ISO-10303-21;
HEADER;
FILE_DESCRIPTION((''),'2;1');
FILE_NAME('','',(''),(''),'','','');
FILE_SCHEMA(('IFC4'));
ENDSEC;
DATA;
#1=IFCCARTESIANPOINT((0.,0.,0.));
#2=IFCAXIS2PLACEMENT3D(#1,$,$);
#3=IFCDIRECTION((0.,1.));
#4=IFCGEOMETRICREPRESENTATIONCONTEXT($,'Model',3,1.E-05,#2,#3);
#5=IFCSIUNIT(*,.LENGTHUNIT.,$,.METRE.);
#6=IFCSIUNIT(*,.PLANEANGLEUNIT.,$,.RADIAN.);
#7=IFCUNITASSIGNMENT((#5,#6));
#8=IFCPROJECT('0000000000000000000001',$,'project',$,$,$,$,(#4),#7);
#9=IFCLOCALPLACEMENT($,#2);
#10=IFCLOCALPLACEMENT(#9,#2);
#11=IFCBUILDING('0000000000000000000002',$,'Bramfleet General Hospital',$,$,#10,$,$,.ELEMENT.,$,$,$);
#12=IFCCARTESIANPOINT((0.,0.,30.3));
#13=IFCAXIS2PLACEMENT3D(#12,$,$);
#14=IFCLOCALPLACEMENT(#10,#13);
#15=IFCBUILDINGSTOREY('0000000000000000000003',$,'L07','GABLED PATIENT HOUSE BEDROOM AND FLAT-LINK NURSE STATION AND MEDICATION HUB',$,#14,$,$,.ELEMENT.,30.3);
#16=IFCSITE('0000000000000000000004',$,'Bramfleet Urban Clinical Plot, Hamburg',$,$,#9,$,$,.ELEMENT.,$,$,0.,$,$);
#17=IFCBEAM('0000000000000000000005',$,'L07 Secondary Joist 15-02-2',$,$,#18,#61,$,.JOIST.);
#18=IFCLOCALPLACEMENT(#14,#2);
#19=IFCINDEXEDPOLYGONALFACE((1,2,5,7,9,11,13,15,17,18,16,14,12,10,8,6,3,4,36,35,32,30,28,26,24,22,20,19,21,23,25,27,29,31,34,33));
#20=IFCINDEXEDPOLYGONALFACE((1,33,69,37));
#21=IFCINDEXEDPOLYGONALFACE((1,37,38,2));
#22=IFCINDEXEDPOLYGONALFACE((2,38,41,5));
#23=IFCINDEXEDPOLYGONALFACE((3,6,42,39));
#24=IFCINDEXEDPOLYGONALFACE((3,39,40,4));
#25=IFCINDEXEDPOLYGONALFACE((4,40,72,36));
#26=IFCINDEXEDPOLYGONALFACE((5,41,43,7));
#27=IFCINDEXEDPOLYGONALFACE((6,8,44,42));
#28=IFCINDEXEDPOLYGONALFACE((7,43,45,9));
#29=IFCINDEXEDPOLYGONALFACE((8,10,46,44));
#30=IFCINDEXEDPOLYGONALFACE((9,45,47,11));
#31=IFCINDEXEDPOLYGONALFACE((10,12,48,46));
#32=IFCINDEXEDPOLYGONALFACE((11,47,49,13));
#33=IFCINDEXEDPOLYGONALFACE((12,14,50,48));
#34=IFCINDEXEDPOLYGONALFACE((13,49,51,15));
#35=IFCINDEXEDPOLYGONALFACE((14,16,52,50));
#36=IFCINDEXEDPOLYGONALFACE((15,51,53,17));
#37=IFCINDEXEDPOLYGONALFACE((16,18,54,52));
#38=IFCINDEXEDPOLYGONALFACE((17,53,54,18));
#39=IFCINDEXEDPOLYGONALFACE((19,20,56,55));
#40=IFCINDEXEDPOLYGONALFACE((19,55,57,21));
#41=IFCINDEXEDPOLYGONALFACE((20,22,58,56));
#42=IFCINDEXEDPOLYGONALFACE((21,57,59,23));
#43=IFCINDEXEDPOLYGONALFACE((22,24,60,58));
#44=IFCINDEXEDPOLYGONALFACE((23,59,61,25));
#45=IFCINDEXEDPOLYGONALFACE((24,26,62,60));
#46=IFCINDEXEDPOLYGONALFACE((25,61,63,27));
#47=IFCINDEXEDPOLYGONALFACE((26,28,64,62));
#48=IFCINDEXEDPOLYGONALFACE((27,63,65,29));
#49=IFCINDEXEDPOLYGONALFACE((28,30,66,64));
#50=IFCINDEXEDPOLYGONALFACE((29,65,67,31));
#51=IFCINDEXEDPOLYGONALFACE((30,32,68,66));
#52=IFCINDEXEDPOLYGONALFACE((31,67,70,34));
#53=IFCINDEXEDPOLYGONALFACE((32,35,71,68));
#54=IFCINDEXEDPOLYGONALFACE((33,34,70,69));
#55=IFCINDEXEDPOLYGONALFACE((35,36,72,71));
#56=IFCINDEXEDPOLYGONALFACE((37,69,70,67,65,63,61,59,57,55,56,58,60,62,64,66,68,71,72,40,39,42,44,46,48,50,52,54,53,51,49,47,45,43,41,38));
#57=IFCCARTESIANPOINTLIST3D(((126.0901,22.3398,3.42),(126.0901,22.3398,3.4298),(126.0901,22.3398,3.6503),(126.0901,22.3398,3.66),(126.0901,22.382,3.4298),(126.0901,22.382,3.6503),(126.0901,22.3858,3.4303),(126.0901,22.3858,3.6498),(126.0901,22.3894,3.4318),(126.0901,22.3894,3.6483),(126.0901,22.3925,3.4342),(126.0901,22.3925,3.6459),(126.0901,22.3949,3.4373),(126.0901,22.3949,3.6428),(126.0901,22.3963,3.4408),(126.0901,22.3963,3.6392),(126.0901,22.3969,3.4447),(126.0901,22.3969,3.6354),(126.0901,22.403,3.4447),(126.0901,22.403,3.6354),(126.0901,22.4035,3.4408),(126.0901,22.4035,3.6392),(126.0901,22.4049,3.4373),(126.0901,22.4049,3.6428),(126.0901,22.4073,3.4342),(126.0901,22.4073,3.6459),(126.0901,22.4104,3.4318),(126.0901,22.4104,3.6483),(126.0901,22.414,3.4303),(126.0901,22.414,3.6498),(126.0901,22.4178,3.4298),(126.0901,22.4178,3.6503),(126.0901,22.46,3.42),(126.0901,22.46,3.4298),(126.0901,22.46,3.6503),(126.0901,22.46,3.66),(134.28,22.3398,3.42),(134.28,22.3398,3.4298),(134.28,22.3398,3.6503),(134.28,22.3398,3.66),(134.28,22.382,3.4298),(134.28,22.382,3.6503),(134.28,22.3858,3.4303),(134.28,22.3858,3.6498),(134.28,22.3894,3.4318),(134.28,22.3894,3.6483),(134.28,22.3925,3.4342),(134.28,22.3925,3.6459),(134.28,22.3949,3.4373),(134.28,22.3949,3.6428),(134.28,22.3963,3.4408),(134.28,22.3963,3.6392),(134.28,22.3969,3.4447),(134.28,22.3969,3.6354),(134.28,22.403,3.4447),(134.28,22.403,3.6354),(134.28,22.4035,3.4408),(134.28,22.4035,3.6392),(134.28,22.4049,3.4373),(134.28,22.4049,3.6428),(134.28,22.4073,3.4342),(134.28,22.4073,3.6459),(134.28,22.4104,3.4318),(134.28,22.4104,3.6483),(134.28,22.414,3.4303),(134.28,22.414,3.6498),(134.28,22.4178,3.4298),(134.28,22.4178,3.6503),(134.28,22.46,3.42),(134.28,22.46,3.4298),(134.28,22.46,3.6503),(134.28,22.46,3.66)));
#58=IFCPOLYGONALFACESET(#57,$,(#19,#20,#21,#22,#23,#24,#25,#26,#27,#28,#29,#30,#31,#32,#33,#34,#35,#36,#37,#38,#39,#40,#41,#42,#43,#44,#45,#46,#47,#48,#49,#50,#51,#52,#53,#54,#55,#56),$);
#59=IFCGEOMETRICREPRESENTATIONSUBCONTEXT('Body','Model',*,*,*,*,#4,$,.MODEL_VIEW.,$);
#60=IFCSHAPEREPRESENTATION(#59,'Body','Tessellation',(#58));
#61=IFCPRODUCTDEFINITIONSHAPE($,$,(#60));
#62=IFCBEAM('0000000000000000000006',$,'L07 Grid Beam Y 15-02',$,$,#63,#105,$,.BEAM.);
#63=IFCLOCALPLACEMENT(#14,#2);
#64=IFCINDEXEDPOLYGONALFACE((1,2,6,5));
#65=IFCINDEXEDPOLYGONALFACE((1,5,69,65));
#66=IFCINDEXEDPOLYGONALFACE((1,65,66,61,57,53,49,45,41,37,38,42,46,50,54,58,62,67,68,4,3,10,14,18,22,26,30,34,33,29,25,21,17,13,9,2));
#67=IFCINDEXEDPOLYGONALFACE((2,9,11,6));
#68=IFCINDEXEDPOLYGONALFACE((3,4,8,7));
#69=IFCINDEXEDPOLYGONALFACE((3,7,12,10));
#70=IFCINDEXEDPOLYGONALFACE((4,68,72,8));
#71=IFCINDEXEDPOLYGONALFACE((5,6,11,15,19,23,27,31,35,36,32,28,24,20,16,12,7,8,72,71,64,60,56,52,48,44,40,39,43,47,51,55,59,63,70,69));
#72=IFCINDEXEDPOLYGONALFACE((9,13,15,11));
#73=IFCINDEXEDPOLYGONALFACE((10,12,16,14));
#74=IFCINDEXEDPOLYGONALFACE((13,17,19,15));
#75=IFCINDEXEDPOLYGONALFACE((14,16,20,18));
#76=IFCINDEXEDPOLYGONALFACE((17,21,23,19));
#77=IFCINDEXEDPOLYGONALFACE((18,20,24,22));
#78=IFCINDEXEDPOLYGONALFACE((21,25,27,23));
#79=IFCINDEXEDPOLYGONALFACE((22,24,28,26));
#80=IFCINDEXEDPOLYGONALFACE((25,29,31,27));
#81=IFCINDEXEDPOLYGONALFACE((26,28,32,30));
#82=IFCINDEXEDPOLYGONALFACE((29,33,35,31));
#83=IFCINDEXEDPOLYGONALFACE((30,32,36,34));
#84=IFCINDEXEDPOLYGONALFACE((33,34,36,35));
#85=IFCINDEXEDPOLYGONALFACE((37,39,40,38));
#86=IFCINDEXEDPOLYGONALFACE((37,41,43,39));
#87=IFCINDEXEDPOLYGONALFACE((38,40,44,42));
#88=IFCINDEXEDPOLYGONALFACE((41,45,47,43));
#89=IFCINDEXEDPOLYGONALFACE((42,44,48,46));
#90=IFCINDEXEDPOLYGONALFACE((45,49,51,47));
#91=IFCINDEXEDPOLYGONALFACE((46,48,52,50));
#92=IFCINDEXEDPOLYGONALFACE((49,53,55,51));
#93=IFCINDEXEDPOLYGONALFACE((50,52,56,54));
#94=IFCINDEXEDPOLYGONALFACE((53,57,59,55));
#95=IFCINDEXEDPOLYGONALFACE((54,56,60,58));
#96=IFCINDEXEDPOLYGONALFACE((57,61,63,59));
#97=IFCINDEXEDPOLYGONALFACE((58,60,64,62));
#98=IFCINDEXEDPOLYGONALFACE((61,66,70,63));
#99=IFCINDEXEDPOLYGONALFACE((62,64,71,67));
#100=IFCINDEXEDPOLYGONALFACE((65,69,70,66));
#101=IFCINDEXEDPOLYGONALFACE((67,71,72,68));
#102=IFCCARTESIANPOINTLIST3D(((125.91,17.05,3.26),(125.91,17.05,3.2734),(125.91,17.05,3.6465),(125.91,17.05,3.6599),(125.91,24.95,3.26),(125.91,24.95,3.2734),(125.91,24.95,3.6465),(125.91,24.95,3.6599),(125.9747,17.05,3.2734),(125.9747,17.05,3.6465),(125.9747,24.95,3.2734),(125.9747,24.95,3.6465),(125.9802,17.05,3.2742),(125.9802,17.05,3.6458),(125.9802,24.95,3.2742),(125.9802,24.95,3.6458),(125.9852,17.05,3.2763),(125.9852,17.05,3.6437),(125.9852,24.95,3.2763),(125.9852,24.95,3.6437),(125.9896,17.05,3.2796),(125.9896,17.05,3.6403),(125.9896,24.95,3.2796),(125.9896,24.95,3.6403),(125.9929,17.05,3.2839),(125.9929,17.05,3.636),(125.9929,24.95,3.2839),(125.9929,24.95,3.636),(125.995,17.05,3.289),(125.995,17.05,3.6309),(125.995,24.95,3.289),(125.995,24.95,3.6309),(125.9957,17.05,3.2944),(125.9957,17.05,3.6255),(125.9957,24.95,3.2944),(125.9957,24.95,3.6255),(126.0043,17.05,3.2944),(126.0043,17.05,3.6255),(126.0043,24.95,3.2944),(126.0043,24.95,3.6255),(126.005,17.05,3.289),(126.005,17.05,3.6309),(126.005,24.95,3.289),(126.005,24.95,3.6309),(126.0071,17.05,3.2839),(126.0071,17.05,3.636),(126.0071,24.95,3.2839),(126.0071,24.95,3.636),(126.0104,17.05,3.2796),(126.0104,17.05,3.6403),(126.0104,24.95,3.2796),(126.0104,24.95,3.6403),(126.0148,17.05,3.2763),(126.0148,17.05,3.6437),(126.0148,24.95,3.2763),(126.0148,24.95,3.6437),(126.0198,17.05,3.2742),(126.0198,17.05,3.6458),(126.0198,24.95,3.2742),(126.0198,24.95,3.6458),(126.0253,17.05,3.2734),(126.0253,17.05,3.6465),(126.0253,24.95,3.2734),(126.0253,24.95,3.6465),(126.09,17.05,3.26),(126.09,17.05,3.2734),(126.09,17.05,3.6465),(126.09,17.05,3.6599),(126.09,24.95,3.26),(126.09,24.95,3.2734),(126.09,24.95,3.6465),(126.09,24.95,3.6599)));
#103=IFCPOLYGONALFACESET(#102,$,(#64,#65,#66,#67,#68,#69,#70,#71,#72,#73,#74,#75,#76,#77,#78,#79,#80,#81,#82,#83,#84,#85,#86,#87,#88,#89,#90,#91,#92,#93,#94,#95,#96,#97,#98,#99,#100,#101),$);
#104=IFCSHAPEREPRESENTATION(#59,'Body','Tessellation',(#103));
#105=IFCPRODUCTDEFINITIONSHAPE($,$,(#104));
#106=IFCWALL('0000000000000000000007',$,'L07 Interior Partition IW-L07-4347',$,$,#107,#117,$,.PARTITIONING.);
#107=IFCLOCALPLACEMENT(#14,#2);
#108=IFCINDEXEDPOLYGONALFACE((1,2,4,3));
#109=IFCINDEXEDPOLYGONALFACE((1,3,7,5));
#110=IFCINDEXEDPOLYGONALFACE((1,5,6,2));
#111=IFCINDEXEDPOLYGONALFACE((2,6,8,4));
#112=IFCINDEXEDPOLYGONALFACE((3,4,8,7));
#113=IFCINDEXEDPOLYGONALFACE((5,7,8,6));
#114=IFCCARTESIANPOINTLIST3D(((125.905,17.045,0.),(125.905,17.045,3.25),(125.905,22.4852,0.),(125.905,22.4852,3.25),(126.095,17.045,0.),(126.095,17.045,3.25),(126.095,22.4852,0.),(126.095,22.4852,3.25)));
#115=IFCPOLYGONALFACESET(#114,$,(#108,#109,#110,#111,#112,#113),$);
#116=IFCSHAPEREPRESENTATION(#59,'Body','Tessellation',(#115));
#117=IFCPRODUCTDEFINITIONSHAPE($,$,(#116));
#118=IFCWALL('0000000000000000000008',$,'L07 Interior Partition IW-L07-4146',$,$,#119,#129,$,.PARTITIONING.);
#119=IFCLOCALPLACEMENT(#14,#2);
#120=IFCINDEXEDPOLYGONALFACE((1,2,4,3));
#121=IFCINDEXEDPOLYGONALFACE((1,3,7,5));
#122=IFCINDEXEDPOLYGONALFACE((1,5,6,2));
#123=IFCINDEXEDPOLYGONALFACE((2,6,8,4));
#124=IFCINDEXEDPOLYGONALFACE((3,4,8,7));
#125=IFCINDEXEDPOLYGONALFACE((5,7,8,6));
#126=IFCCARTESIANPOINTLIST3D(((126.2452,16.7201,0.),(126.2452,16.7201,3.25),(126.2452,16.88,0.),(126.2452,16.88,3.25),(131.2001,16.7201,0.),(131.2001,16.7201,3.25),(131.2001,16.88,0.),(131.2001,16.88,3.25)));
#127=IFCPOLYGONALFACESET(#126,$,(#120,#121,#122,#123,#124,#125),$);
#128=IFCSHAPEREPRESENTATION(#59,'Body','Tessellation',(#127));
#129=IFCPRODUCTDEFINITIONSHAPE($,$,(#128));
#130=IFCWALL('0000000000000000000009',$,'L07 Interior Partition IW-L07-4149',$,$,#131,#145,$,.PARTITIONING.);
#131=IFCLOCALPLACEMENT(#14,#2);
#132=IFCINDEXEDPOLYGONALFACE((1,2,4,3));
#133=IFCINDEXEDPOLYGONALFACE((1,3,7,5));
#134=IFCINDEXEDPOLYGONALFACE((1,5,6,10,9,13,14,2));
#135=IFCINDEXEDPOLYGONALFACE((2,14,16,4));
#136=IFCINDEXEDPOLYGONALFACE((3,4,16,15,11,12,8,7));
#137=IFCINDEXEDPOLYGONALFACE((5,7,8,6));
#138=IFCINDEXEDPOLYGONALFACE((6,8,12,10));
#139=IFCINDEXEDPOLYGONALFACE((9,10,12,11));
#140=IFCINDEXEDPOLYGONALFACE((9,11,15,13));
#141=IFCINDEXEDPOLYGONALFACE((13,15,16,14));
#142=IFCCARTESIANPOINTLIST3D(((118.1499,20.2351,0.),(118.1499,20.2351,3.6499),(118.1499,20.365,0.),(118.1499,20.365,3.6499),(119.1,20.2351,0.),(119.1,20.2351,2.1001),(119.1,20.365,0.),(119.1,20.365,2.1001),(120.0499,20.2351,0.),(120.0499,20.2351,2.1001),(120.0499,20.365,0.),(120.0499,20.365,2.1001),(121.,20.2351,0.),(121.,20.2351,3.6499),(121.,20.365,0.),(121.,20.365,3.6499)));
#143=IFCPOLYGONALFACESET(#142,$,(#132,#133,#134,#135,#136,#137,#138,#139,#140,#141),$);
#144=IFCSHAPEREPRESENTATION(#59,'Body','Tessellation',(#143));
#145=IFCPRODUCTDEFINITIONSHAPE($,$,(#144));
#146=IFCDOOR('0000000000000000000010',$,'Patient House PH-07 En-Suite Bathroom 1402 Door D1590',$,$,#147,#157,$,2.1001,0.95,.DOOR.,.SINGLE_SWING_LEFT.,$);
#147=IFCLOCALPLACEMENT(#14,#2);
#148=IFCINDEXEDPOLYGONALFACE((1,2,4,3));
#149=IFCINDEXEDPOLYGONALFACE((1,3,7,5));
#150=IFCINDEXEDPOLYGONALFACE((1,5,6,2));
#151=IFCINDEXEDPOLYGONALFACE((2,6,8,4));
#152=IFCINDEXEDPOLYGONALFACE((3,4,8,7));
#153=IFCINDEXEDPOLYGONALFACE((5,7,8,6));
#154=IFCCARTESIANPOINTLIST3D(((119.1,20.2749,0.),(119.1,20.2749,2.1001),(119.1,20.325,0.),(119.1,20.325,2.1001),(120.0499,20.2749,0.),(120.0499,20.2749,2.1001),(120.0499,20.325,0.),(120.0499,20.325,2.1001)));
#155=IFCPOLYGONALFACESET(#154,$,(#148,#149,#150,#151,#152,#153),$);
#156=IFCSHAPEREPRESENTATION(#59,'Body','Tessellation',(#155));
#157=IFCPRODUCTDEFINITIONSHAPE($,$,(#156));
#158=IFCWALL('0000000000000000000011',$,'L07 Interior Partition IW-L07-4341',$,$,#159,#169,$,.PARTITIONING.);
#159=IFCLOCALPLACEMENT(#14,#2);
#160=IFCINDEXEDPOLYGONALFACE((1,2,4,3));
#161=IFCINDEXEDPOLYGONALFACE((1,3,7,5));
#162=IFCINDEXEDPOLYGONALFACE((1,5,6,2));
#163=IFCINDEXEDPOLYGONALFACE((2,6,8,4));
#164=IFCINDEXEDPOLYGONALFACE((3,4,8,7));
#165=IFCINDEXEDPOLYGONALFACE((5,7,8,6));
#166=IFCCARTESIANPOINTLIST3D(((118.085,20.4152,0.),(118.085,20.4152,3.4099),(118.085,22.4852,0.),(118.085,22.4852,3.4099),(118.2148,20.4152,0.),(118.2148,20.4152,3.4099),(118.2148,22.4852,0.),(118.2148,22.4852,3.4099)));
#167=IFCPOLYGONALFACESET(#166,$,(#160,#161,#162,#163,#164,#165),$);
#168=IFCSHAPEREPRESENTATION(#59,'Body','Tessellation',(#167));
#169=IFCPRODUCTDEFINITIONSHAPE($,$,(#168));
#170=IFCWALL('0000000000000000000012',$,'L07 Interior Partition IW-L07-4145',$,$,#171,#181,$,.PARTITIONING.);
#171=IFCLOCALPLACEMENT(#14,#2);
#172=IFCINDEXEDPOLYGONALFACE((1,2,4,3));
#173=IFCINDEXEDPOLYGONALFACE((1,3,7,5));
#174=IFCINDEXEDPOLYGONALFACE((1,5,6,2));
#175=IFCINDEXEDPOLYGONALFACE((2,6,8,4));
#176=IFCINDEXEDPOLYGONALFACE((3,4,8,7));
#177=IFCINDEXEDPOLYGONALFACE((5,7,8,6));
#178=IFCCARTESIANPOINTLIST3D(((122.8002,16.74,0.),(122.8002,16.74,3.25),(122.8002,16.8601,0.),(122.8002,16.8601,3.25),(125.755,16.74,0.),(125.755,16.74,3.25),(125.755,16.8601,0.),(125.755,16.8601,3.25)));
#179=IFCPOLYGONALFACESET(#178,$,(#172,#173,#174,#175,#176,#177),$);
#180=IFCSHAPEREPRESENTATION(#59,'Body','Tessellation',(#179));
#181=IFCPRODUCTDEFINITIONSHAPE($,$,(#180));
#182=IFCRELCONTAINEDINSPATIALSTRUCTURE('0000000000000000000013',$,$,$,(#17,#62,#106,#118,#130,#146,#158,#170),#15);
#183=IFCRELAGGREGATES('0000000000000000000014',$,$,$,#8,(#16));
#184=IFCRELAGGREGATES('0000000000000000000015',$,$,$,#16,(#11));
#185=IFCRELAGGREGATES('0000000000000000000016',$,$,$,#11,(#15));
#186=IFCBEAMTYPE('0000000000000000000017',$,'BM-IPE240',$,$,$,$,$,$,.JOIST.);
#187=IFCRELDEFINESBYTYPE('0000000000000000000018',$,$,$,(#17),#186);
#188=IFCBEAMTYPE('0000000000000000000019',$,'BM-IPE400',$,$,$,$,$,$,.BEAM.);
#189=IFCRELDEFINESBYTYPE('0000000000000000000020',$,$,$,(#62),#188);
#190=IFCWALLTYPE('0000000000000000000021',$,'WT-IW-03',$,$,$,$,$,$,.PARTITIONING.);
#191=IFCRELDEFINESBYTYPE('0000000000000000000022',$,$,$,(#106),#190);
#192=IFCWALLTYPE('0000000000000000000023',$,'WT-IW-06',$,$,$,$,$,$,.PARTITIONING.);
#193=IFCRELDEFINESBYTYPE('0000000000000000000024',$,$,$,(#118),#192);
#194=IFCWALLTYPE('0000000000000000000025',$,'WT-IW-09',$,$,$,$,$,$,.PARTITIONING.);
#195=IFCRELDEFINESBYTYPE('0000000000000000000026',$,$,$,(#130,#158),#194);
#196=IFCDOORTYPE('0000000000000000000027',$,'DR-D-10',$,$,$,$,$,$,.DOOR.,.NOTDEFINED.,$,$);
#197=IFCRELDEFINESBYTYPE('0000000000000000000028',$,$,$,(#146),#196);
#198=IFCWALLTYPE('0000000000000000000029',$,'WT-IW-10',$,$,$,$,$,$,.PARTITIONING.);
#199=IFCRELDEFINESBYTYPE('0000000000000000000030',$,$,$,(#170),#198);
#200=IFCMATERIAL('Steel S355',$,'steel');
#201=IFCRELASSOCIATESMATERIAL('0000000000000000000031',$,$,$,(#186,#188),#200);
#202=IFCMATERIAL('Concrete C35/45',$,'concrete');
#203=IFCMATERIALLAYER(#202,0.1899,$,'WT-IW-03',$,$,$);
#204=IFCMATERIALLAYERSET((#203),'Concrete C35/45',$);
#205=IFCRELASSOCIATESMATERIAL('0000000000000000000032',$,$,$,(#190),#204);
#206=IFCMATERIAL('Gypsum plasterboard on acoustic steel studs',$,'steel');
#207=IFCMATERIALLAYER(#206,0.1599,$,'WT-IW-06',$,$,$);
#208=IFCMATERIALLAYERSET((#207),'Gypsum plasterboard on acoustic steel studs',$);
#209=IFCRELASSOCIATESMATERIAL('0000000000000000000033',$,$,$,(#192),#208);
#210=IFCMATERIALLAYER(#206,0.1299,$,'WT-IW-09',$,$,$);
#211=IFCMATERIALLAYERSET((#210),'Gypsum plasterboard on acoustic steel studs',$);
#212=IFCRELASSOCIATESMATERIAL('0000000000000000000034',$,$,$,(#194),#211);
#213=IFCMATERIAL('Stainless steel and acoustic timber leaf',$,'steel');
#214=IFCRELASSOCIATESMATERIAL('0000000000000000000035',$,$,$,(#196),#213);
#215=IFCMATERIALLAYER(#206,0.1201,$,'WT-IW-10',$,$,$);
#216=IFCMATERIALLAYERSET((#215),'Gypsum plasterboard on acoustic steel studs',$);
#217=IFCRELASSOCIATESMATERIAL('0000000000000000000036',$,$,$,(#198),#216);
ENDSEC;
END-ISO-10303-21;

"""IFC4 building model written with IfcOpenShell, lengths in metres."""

from ifc_helpers import new_model, si_unit, direction, frame, frame_2d, origin, origin_2d, place, context, subcontext, project, spatial, rectangle, i_section, extrude, material, layer, layer_set, material_profile, profile_set, type_object, element, fill, save


model = new_model("IFC4")

# Units and contexts
model_context = context("Model", 3, precision=1e-05, world=origin(), true_north=direction((0.0, 1.0)))
body_context = subcontext(model_context, "Body", "Model", "MODEL_VIEW")
ifc_project = project(units=[si_unit("LENGTHUNIT", "METRE"), si_unit("PLANEANGLEUNIT", "RADIAN")], contexts=[model_context])

# Site, building, storey
site_placement = place(None, origin())
site = spatial("IfcSite", under=ifc_project, at=site_placement, Name="Bramfleet Urban Clinical Plot, Hamburg", CompositionType="ELEMENT", RefElevation=0.0)
building_placement = place(site_placement, origin())
building = spatial("IfcBuilding", under=site, at=building_placement, Name="Bramfleet General Hospital", CompositionType="ELEMENT")
storey_placement = place(building_placement, frame((0.0, 0.0, 30.3)))
storey = spatial("IfcBuildingStorey", under=building, at=storey_placement, Name="L07", Description="GABLED PATIENT HOUSE BEDROOM AND FLAT-LINK NURSE STATION AND MEDICATION HUB", CompositionType="ELEMENT", Elevation=30.3)

# Beams
ifc_material_1 = material(Name="Steel S355", Category="steel")
ifc_material_profile_1 = material_profile(ifc_material_1, i_section(OverallWidth=0.1201, OverallDepth=0.24, WebThickness=0.0061, FlangeThickness=0.0098, FilletRadius=0.0149, at=origin_2d()), Name="IPE 240")
ifc_profile_set_1 = profile_set([ifc_material_profile_1], Name="Steel S355")
beam_type_1 = type_object("IfcBeamType", Name="BM-IPE240", PredefinedType="JOIST", material=ifc_profile_set_1)
for number, where, z_axis, x_axis, name in (
    (1, (126.0901, 22.3999, 3.54), (1.0, 0.0, 0.0), (0.0, 1.0, 0.0), "L07 Secondary Joist 15-02-2"),
):
    element("IfcBeam", number, at=place(storey_placement, frame(where, z_axis=z_axis, x_axis=x_axis)), inside=storey, type_object=beam_type_1, Name=name, PredefinedType="JOIST", context=body_context, shape_type="SweptSolid", body=[
        extrude(i_section(OverallWidth=0.1201, OverallDepth=0.24, WebThickness=0.0061, FlangeThickness=0.0098, FilletRadius=0.0149, at=origin_2d()), origin(), (0.0, 0.0, 1.0), 8.1899),
    ])
ifc_material_profile_2 = material_profile(ifc_material_1, i_section(OverallWidth=0.1799, OverallDepth=0.3999, WebThickness=0.0085, FlangeThickness=0.0134, FilletRadius=0.021, at=origin_2d()), Name="IPE 400")
ifc_profile_set_2 = profile_set([ifc_material_profile_2], Name="Steel S355")
beam_type_2 = type_object("IfcBeamType", Name="BM-IPE400", PredefinedType="BEAM", material=ifc_profile_set_2)
beam_placement = place(storey_placement, frame((126.0, 17.05, 3.46), z_axis=(0.0, 1.0, 0.0), x_axis=(-1.0, 0.0, 0.0)))
element("IfcBeam", 2, at=beam_placement, inside=storey, type_object=beam_type_2, Name="L07 Grid Beam Y 15-02", PredefinedType="BEAM", context=body_context, shape_type="SweptSolid", body=[
    extrude(i_section(OverallWidth=0.1799, OverallDepth=0.3999, WebThickness=0.0085, FlangeThickness=0.0134, FilletRadius=0.021, at=origin_2d()), origin(), (0.0, 0.0, 1.0), 7.8999),
])

# Shared definitions
ifc_material_2 = material(Name="Concrete C35/45", Category="concrete")
ifc_layer_1 = layer(ifc_material_2, 0.1899, Name="WT-IW-03")
ifc_layer_set_1 = layer_set([ifc_layer_1], Name="Concrete C35/45")
wall_type_1 = type_object("IfcWallType", Name="WT-IW-03", PredefinedType="PARTITIONING", material=ifc_layer_set_1)
ifc_material_3 = material(Name="Stainless steel and acoustic timber leaf", Category="steel")

# Walls
wall_1_placement = place(storey_placement, frame((126.0, 17.0449, 0.0), z_axis=(0.0, 0.0, 1.0), x_axis=(0.0, 1.0, 0.0)))
element("IfcWall", 3, at=wall_1_placement, inside=storey, type_object=wall_type_1, Name="L07 Interior Partition IW-L07-4347", PredefinedType="PARTITIONING", context=body_context, shape_type="SweptSolid", body=[
    extrude(rectangle(XDim=5.4402, YDim=0.1899, at=frame_2d((2.7202, 0.0))), origin(), (0.0, 0.0, 1.0), 3.25),
])
ifc_material_4 = material(Name="Gypsum plasterboard on acoustic steel studs", Category="steel")
ifc_layer_2 = layer(ifc_material_4, 0.1599, Name="WT-IW-06")
ifc_layer_set_2 = layer_set([ifc_layer_2], Name="Gypsum plasterboard on acoustic steel studs")
wall_type_2 = type_object("IfcWallType", Name="WT-IW-06", PredefinedType="PARTITIONING", material=ifc_layer_set_2)
wall_2_placement = place(storey_placement, frame((126.2451, 16.8, 0.0), z_axis=(0.0, 0.0, 1.0), x_axis=(1.0, 0.0, 0.0)))
element("IfcWall", 4, at=wall_2_placement, inside=storey, type_object=wall_type_2, Name="L07 Interior Partition IW-L07-4146", PredefinedType="PARTITIONING", context=body_context, shape_type="SweptSolid", body=[
    extrude(rectangle(XDim=4.9548, YDim=0.1599, at=frame_2d((2.4775, 0.0))), origin(), (0.0, 0.0, 1.0), 3.25),
])

# Wall, opening, door
ifc_layer_3 = layer(ifc_material_4, 0.1299, Name="WT-IW-09")
ifc_layer_set_3 = layer_set([ifc_layer_3], Name="Gypsum plasterboard on acoustic steel studs")
wall_type_3 = type_object("IfcWallType", Name="WT-IW-09", PredefinedType="PARTITIONING", material=ifc_layer_set_3)
wall_3_placement = place(storey_placement, frame((118.1499, 20.3, 0.0), z_axis=(0.0, 0.0, 1.0), x_axis=(1.0, 0.0, 0.0)))
wall_3 = element("IfcWall", 5, at=wall_3_placement, inside=storey, type_object=wall_type_3, Name="L07 Interior Partition IW-L07-4149", PredefinedType="PARTITIONING", context=body_context, shape_type="SweptSolid", body=[
    extrude(rectangle(XDim=2.8501, YDim=0.1299, at=frame_2d((1.425, 0.0))), origin(), (0.0, 0.0, 1.0), 3.6499),
])
opening_1_placement = place(wall_3_placement, frame((0.95, 0.0, 0.0)))
opening_1 = element("IfcOpeningElement", 6, at=opening_1_placement, cuts=wall_3, PredefinedType="OPENING", context=body_context, shape_type="SweptSolid", body=[
    extrude(rectangle(XDim=0.95, YDim=2.1001, at=frame_2d((0.4751, 1.05))), frame((0.0, 0.075, 0.0), z_axis=(0.0, -1.0, 0.0), x_axis=(1.0, 0.0, 0.0)), (0.0, 0.0, 1.0), 0.1499),
])
door_type_1 = type_object("IfcDoorType", Name="DR-D-10", OperationType="NOTDEFINED", PredefinedType="DOOR", material=ifc_material_3)
door_1_placement = place(opening_1_placement, origin())
door_1 = element("IfcDoor", 7, at=door_1_placement, inside=storey, type_object=door_type_1, Name="Patient House PH-07 En-Suite Bathroom 1402 Door D1590", OperationType="SINGLE_SWING_LEFT", OverallHeight=2.1001, OverallWidth=0.95, PredefinedType="DOOR", context=body_context, shape_type="SweptSolid", body=[
    extrude(rectangle(XDim=0.95, YDim=2.1001, at=frame_2d((0.4751, 1.05))), frame((0.0, 0.0249, 0.0), z_axis=(0.0, -1.0, 0.0), x_axis=(1.0, 0.0, 0.0)), (0.0, 0.0, 1.0), 0.05),
])
fill(opening_1, door_1)

# Walls
wall_4_placement = place(storey_placement, frame((118.1499, 20.415, 0.0), z_axis=(0.0, 0.0, 1.0), x_axis=(0.0, 1.0, 0.0)))
element("IfcWall", 8, at=wall_4_placement, inside=storey, type_object=wall_type_3, Name="L07 Interior Partition IW-L07-4341", PredefinedType="PARTITIONING", context=body_context, shape_type="SweptSolid", body=[
    extrude(rectangle(XDim=2.0701, YDim=0.1299, at=frame_2d((1.0352, 0.0))), origin(), (0.0, 0.0, 1.0), 3.4099),
])
ifc_layer_4 = layer(ifc_material_4, 0.1201, Name="WT-IW-10")
ifc_layer_set_4 = layer_set([ifc_layer_4], Name="Gypsum plasterboard on acoustic steel studs")
wall_type_4 = type_object("IfcWallType", Name="WT-IW-10", PredefinedType="PARTITIONING", material=ifc_layer_set_4)
wall_5_placement = place(storey_placement, frame((122.8, 16.8, 0.0), z_axis=(0.0, 0.0, 1.0), x_axis=(1.0, 0.0, 0.0)))
element("IfcWall", 9, at=wall_5_placement, inside=storey, type_object=wall_type_4, Name="L07 Interior Partition IW-L07-4145", PredefinedType="PARTITIONING", context=body_context, shape_type="SweptSolid", body=[
    extrude(rectangle(XDim=2.9548, YDim=0.1201, at=frame_2d((1.4775, 0.0))), origin(), (0.0, 0.0, 1.0), 3.25),
])

save(model, "model.ifc")
